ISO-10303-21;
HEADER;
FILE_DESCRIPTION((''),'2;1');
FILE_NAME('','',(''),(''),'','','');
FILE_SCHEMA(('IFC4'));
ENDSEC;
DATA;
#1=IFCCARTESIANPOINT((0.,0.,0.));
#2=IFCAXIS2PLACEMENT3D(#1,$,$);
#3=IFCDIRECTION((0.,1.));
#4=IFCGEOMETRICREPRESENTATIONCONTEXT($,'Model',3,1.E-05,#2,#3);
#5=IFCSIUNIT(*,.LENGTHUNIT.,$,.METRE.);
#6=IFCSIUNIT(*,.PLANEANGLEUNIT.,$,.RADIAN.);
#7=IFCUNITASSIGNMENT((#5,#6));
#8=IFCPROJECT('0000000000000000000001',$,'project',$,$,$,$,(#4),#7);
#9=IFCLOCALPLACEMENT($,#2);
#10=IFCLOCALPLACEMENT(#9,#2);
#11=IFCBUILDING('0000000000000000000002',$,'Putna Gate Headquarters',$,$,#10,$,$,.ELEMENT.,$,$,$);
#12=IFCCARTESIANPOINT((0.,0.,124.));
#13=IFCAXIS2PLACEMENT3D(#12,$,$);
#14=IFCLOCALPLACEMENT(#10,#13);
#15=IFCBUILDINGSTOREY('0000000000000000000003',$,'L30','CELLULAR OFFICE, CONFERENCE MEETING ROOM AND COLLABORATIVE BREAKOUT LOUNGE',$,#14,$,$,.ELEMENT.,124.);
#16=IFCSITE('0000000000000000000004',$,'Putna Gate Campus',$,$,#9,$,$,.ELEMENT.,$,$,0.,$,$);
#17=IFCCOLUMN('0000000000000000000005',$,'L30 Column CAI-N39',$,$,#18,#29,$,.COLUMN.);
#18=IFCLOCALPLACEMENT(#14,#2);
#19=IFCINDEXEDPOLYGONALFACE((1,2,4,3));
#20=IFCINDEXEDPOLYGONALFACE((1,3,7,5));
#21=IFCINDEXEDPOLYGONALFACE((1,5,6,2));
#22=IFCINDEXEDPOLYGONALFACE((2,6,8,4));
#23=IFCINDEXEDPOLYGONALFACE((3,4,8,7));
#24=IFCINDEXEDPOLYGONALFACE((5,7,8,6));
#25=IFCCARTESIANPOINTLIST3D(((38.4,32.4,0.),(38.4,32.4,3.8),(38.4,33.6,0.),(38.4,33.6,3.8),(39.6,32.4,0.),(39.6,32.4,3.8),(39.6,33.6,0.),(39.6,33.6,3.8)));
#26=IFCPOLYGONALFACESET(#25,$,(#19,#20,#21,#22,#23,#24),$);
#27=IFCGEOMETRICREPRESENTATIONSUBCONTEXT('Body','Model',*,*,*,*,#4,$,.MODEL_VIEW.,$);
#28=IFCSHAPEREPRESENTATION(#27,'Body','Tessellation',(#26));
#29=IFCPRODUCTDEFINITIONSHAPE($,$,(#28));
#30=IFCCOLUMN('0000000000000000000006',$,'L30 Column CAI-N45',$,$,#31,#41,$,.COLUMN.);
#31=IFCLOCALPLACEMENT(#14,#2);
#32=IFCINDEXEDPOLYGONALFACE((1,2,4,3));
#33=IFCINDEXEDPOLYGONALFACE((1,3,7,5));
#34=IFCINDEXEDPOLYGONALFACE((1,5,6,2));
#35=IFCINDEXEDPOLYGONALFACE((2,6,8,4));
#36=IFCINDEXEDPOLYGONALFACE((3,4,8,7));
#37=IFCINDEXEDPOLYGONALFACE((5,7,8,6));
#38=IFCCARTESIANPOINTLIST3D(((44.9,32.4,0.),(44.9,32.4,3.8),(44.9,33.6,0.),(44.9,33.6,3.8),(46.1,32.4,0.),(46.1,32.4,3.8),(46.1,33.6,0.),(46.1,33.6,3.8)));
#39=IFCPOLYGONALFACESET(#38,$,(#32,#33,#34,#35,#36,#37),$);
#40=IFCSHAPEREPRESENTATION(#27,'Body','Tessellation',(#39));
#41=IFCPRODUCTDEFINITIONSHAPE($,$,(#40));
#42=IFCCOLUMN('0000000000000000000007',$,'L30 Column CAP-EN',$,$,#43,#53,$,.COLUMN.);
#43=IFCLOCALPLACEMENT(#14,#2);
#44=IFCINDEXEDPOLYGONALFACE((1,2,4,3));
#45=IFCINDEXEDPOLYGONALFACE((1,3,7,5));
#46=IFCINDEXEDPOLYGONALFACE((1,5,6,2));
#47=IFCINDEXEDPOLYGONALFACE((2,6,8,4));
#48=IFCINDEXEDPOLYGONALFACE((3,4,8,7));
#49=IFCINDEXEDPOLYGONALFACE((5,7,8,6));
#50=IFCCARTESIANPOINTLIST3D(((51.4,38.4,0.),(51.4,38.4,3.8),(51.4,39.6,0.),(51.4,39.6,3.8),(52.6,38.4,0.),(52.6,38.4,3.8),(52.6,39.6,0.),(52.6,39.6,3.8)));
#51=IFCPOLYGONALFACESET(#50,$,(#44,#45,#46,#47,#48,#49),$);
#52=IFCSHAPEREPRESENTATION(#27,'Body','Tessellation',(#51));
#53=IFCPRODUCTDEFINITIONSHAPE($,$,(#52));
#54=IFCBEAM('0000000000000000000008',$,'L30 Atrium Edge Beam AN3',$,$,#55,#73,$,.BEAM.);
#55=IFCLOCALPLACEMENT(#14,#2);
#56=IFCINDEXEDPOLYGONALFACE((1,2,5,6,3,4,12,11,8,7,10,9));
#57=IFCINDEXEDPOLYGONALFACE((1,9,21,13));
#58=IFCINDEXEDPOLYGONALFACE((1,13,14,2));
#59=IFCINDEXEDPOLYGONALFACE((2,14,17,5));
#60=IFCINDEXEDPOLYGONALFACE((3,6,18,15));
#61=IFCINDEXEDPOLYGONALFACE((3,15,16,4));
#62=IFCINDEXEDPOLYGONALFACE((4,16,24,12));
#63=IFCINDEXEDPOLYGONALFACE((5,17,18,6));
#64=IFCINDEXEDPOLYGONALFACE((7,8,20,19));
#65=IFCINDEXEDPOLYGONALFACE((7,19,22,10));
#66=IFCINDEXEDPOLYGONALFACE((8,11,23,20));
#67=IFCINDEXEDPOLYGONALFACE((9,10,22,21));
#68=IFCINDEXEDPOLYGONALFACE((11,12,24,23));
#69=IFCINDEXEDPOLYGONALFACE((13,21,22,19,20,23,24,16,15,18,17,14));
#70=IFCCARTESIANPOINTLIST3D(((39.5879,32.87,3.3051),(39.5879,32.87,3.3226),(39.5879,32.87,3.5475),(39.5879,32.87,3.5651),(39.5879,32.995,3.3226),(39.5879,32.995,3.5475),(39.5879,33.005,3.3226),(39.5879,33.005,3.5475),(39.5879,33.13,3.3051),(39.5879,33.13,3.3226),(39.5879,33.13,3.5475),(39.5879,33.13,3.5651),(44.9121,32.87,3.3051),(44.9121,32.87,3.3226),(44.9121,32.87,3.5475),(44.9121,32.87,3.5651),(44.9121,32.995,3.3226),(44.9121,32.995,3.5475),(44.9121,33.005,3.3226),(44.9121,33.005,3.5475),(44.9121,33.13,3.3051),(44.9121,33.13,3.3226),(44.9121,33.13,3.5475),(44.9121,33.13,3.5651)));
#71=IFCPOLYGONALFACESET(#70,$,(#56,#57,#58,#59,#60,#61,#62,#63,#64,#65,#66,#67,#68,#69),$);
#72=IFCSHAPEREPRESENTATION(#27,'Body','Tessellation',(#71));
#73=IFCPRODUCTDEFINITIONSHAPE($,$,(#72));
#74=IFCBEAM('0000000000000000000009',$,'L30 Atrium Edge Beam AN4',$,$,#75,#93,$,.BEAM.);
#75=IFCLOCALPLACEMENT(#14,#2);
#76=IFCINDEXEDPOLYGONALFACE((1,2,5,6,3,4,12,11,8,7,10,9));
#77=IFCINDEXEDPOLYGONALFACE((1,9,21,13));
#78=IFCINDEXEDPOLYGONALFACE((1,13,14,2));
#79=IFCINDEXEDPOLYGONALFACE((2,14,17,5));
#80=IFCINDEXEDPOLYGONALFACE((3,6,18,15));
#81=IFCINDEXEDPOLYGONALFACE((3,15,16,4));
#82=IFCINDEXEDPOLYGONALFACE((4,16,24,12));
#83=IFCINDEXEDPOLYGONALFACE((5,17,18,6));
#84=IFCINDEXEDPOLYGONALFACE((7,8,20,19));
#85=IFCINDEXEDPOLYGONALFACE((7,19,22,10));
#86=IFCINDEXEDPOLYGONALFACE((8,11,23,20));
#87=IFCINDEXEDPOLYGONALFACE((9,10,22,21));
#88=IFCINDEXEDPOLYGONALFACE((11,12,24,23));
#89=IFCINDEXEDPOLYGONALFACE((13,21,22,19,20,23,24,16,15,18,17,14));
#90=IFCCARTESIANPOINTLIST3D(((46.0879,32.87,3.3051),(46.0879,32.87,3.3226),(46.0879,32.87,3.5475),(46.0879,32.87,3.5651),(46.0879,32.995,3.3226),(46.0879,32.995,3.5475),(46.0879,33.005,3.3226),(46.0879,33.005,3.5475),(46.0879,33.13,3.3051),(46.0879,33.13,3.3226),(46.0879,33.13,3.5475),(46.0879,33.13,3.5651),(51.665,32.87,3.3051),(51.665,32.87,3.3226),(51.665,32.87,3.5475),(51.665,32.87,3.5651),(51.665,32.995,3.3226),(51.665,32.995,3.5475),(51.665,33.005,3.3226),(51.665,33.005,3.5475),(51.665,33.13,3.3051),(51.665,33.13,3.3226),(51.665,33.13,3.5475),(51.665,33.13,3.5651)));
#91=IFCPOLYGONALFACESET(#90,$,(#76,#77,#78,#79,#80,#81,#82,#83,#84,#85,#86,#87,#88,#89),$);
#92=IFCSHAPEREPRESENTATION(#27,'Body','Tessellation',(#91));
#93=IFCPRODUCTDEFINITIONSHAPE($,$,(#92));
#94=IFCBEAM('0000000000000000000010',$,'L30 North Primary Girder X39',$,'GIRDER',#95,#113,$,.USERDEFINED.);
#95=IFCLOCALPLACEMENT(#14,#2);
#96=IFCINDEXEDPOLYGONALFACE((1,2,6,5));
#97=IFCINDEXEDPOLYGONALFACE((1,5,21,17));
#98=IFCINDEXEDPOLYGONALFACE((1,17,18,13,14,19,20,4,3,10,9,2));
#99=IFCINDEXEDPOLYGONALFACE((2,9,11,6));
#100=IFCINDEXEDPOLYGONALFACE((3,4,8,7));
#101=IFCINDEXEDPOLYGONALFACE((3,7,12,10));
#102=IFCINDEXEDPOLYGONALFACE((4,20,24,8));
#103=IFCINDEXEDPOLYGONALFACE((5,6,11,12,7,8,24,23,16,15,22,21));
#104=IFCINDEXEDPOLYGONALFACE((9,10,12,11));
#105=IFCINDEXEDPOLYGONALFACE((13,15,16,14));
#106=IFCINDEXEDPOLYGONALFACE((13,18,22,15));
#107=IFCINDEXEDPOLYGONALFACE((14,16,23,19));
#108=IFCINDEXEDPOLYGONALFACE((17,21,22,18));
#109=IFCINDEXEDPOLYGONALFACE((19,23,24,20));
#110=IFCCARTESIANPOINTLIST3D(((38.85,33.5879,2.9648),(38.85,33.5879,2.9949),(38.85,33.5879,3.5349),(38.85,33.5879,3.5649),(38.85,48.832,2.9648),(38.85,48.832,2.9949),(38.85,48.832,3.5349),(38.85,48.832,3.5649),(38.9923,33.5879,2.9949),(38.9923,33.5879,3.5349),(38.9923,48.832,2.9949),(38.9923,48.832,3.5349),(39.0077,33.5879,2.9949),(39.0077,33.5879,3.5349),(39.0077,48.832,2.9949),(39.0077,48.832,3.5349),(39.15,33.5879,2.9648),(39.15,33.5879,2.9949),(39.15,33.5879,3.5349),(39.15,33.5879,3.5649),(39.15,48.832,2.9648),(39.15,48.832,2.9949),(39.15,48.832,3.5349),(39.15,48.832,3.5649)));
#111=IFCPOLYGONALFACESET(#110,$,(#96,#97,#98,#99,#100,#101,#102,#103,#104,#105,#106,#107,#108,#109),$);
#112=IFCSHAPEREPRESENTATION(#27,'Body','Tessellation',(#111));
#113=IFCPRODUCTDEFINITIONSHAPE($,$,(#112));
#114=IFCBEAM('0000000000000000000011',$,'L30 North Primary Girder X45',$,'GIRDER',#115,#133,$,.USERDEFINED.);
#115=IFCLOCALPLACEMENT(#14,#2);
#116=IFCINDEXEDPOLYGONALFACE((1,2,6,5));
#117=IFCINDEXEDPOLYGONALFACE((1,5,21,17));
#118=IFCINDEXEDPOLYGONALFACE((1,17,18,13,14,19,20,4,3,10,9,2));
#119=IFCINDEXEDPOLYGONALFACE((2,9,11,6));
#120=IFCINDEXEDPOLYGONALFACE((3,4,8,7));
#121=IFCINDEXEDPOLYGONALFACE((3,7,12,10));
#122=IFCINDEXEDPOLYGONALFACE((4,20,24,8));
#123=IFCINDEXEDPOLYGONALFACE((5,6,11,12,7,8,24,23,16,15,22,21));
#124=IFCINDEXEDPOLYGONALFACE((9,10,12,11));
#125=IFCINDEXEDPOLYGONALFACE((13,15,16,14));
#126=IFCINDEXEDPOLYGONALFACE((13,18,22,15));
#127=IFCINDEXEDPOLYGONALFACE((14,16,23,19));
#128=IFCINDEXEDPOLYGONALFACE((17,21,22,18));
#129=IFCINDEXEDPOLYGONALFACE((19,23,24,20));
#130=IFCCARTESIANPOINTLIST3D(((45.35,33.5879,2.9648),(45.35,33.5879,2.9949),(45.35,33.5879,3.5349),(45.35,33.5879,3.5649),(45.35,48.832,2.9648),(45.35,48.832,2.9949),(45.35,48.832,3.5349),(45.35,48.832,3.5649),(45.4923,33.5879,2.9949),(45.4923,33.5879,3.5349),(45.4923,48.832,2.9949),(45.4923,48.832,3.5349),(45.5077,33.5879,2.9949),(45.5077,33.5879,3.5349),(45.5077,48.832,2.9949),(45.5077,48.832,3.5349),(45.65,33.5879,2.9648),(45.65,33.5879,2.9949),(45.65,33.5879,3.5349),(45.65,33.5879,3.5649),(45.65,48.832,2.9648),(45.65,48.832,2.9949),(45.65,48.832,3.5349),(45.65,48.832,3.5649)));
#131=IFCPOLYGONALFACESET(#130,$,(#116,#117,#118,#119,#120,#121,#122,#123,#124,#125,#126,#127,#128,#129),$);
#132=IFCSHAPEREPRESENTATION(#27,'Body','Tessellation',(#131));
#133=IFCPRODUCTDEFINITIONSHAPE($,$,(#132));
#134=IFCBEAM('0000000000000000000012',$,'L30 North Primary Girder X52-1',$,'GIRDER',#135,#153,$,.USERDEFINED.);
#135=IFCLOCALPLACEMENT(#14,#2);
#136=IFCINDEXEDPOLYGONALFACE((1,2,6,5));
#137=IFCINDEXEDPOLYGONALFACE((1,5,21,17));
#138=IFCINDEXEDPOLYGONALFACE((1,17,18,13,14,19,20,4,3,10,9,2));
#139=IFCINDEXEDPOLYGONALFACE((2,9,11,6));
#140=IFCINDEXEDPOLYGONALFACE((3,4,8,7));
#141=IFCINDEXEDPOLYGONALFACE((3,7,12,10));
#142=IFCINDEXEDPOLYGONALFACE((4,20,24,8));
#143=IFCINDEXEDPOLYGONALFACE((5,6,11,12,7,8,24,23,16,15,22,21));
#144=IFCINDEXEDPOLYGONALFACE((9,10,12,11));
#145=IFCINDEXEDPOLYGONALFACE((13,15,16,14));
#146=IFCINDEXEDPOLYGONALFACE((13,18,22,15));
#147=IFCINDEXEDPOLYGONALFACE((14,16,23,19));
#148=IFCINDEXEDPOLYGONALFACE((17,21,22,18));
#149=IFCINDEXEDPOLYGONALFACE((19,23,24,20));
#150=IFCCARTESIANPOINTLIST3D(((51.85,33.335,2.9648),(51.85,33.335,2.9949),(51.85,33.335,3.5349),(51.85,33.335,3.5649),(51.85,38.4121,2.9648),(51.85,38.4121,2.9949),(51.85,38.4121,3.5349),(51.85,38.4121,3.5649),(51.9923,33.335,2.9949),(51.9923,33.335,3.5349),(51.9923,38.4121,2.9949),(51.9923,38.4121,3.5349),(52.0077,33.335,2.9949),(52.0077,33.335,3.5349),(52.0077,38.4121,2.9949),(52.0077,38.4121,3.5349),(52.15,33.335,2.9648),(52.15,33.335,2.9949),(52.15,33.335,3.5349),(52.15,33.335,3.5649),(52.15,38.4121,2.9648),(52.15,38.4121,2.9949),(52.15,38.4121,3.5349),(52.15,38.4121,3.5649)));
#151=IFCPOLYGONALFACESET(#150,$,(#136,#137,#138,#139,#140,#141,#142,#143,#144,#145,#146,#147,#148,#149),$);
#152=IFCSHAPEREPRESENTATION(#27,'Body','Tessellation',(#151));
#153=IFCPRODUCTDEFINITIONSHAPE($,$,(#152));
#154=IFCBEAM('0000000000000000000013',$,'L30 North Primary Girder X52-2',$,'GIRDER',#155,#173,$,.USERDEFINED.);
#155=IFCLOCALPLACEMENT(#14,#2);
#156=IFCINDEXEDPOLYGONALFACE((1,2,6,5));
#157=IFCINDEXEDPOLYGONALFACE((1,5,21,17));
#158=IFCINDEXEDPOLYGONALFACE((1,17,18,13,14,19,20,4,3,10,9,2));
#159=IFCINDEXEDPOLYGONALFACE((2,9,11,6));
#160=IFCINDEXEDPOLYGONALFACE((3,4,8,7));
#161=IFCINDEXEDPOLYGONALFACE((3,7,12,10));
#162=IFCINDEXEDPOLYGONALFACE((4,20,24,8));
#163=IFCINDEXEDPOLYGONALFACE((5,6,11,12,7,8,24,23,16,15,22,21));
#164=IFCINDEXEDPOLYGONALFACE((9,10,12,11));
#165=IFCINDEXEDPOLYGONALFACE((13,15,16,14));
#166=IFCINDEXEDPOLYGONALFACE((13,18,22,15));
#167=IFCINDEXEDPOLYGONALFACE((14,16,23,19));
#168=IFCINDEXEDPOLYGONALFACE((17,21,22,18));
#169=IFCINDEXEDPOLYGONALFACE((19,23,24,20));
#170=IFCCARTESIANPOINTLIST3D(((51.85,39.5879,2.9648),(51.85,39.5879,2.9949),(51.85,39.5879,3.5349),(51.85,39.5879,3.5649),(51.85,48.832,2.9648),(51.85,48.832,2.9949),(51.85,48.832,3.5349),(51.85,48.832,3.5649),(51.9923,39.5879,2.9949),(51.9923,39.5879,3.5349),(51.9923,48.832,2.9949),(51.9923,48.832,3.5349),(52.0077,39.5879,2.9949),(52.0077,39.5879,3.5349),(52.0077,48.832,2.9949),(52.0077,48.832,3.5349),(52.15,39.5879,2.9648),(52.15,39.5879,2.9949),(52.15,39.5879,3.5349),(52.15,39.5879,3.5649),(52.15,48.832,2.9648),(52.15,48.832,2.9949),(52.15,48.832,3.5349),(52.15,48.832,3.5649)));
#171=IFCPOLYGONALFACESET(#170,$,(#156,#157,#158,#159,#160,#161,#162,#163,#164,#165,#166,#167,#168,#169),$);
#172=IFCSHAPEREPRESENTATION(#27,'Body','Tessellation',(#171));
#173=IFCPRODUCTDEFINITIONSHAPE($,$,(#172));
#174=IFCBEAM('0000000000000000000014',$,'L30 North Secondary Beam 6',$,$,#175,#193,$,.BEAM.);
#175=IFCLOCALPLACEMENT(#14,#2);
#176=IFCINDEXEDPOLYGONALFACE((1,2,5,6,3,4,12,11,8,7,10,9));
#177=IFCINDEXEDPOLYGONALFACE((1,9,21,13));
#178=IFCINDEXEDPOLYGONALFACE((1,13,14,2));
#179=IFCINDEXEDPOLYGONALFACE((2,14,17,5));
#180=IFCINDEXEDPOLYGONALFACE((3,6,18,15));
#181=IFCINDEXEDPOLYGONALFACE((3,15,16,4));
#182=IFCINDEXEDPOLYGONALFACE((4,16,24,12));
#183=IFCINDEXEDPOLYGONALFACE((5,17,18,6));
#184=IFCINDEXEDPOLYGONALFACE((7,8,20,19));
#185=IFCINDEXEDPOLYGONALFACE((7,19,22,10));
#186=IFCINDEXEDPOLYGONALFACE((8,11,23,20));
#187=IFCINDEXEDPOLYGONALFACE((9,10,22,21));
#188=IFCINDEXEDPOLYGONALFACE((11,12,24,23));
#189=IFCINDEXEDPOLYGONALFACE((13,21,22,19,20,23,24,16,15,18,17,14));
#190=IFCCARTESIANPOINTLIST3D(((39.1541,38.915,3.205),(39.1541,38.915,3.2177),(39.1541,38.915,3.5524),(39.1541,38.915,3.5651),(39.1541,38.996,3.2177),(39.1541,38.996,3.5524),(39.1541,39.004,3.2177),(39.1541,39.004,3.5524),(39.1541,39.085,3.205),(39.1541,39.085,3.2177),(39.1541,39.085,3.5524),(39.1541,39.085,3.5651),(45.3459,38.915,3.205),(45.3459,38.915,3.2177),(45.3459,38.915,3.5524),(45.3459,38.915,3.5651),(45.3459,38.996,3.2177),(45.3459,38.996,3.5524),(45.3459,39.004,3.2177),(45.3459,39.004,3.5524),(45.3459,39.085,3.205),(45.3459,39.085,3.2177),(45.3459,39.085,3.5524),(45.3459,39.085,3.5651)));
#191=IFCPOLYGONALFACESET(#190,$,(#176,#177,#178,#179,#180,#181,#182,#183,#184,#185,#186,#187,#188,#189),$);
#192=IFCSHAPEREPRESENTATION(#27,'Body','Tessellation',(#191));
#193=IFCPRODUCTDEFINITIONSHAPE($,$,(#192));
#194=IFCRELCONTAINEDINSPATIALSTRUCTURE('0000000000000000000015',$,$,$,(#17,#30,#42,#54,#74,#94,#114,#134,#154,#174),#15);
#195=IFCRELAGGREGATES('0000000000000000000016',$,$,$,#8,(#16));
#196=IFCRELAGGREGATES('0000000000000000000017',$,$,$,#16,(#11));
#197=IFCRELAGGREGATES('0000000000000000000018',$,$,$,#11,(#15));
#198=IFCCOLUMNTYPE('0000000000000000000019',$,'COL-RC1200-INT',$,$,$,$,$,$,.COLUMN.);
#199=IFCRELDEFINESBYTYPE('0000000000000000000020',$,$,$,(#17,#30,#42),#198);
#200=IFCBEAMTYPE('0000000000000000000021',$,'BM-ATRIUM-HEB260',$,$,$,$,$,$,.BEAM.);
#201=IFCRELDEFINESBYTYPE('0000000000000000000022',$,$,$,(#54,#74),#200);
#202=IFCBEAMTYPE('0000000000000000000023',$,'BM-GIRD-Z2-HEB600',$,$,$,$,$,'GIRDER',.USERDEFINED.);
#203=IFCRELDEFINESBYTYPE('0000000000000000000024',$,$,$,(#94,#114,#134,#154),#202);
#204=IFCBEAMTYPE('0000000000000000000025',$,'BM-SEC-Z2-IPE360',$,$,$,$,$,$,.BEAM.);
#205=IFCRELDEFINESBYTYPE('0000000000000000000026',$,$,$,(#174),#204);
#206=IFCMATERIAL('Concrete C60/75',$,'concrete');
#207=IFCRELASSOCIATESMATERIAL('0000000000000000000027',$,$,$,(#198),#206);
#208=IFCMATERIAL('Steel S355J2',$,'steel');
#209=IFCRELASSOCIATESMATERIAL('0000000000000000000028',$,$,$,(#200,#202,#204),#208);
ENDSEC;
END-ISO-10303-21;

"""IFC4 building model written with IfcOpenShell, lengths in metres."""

from ifc_helpers import new_model, si_unit, direction, frame, origin, origin_2d, place, context, subcontext, project, spatial, rectangle, i_section, extrude, material, material_profile, profile_set, type_object, element, save


model = new_model("IFC4")

# Units and contexts
model_context = context("Model", 3, precision=1e-05, world=origin(), true_north=direction((0.0, 1.0)))
body_context = subcontext(model_context, "Body", "Model", "MODEL_VIEW")
ifc_project = project(units=[si_unit("LENGTHUNIT", "METRE"), si_unit("PLANEANGLEUNIT", "RADIAN")], contexts=[model_context])

# Site, building, storey
site_placement = place(None, origin())
site = spatial("IfcSite", under=ifc_project, at=site_placement, Name="Putna Gate Campus", CompositionType="ELEMENT", RefElevation=0.0)
building_placement = place(site_placement, origin())
building = spatial("IfcBuilding", under=site, at=building_placement, Name="Putna Gate Headquarters", CompositionType="ELEMENT")
storey_placement = place(building_placement, frame((0.0, 0.0, 124.0)))
storey = spatial("IfcBuildingStorey", under=building, at=storey_placement, Name="L30", Description="CELLULAR OFFICE, CONFERENCE MEETING ROOM AND COLLABORATIVE BREAKOUT LOUNGE", CompositionType="ELEMENT", Elevation=124.0)

# Columns
ifc_material_1 = material(Name="Concrete C60/75", Category="concrete")
ifc_material_profile_1 = material_profile(ifc_material_1, rectangle(XDim=1.2, YDim=1.2, at=origin_2d()), Name="Concrete C60/75")
ifc_profile_set_1 = profile_set([ifc_material_profile_1], Name="Concrete C60/75")
column_type = type_object("IfcColumnType", Name="COL-RC1200-INT", PredefinedType="COLUMN", material=ifc_profile_set_1)
for number, where, z_axis, x_axis, name in (
    (1, (39.0, 33.0, 0.0), (0.0, 0.0, 1.0), (1.0, 0.0, 0.0), "L30 Column CAI-N39"),
    (2, (45.5, 33.0, 0.0), (0.0, 0.0, 1.0), (1.0, 0.0, 0.0), "L30 Column CAI-N45"),
    (3, (52.0, 39.0, 0.0), (0.0, 0.0, 1.0), (1.0, 0.0, 0.0), "L30 Column CAP-EN"),
):
    element("IfcColumn", number, at=place(storey_placement, frame(where, z_axis=z_axis, x_axis=x_axis)), inside=storey, type_object=column_type, Name=name, PredefinedType="COLUMN", context=body_context, shape_type="SweptSolid", body=[
        extrude(rectangle(XDim=1.2, YDim=1.2, at=origin_2d()), origin(), (0.0, 0.0, 1.0), 3.8),
    ])

# Beams
ifc_material_2 = material(Name="Steel S355J2", Category="steel")
ifc_material_profile_2 = material_profile(ifc_material_2, i_section(OverallWidth=0.26, OverallDepth=0.26, WebThickness=0.01, FlangeThickness=0.0176, at=origin_2d()), Name="Steel S355J2")
ifc_profile_set_2 = profile_set([ifc_material_profile_2], Name="Steel S355J2")
beam_type_1 = type_object("IfcBeamType", Name="BM-ATRIUM-HEB260", PredefinedType="BEAM", material=ifc_profile_set_2)
beam_1_placement = place(storey_placement, frame((39.5879, 33.0, 3.4351), z_axis=(1.0, 0.0, 0.0), x_axis=(0.0, 1.0, 0.0)))
element("IfcBeam", 4, at=beam_1_placement, inside=storey, type_object=beam_type_1, Name="L30 Atrium Edge Beam AN3", PredefinedType="BEAM", context=body_context, shape_type="SweptSolid", body=[
    extrude(i_section(OverallWidth=0.26, OverallDepth=0.26, WebThickness=0.01, FlangeThickness=0.0176, at=origin_2d()), origin(), (0.0, 0.0, 1.0), 5.3242),
])
beam_2_placement = place(storey_placement, frame((46.0879, 33.0, 3.4351), z_axis=(1.0, 0.0, 0.0), x_axis=(0.0, 1.0, 0.0)))
element("IfcBeam", 5, at=beam_2_placement, inside=storey, type_object=beam_type_1, Name="L30 Atrium Edge Beam AN4", PredefinedType="BEAM", context=body_context, shape_type="SweptSolid", body=[
    extrude(i_section(OverallWidth=0.26, OverallDepth=0.26, WebThickness=0.01, FlangeThickness=0.0176, at=origin_2d()), origin(), (0.0, 0.0, 1.0), 5.5771),
])
ifc_material_profile_3 = material_profile(ifc_material_2, i_section(OverallWidth=0.3, OverallDepth=0.6001, WebThickness=0.0154, FlangeThickness=0.03, at=origin_2d()), Name="Steel S355J2")
ifc_profile_set_3 = profile_set([ifc_material_profile_3], Name="Steel S355J2")
beam_type_2 = type_object("IfcBeamType", Name="BM-GIRD-Z2-HEB600", ElementType="GIRDER", PredefinedType="USERDEFINED", material=ifc_profile_set_3)
for number, where, z_axis, x_axis, name in (
    (6, (39.0, 33.5879, 3.2649), (0.0, 1.0, 0.0), (-1.0, 0.0, 0.0), "L30 North Primary Girder X39"),
    (7, (45.5, 33.5879, 3.2649), (0.0, 1.0, 0.0), (-1.0, 0.0, 0.0), "L30 North Primary Girder X45"),
):
    element("IfcBeam", number, at=place(storey_placement, frame(where, z_axis=z_axis, x_axis=x_axis)), inside=storey, type_object=beam_type_2, Name=name, ObjectType="GIRDER", PredefinedType="USERDEFINED", context=body_context, shape_type="SweptSolid", body=[
        extrude(i_section(OverallWidth=0.3, OverallDepth=0.6001, WebThickness=0.0154, FlangeThickness=0.03, at=origin_2d()), origin(), (0.0, 0.0, 1.0), 15.2441),
    ])
beam_3_placement = place(storey_placement, frame((52.0, 33.335, 3.2649), z_axis=(0.0, 1.0, 0.0), x_axis=(-1.0, 0.0, 0.0)))
element("IfcBeam", 8, at=beam_3_placement, inside=storey, type_object=beam_type_2, Name="L30 North Primary Girder X52-1", ObjectType="GIRDER", PredefinedType="USERDEFINED", context=body_context, shape_type="SweptSolid", body=[
    extrude(i_section(OverallWidth=0.3, OverallDepth=0.6001, WebThickness=0.0154, FlangeThickness=0.03, at=origin_2d()), origin(), (0.0, 0.0, 1.0), 5.0771),
])
beam_4_placement = place(storey_placement, frame((52.0, 39.5879, 3.2649), z_axis=(0.0, 1.0, 0.0), x_axis=(-1.0, 0.0, 0.0)))
element("IfcBeam", 9, at=beam_4_placement, inside=storey, type_object=beam_type_2, Name="L30 North Primary Girder X52-2", ObjectType="GIRDER", PredefinedType="USERDEFINED", context=body_context, shape_type="SweptSolid", body=[
    extrude(i_section(OverallWidth=0.3, OverallDepth=0.6001, WebThickness=0.0154, FlangeThickness=0.03, at=origin_2d()), origin(), (0.0, 0.0, 1.0), 9.2441),
])
ifc_material_profile_4 = material_profile(ifc_material_2, i_section(OverallWidth=0.1699, OverallDepth=0.3601, WebThickness=0.0081, FlangeThickness=0.0127, at=origin_2d()), Name="Steel S355J2")
ifc_profile_set_4 = profile_set([ifc_material_profile_4], Name="Steel S355J2")
beam_type_3 = type_object("IfcBeamType", Name="BM-SEC-Z2-IPE360", PredefinedType="BEAM", material=ifc_profile_set_4)
beam_5_placement = place(storey_placement, frame((39.1541, 39.0, 3.385), z_axis=(1.0, 0.0, 0.0), x_axis=(0.0, 1.0, 0.0)))
element("IfcBeam", 10, at=beam_5_placement, inside=storey, type_object=beam_type_3, Name="L30 North Secondary Beam 6", PredefinedType="BEAM", context=body_context, shape_type="SweptSolid", body=[
    extrude(i_section(OverallWidth=0.1699, OverallDepth=0.3601, WebThickness=0.0081, FlangeThickness=0.0127, at=origin_2d()), origin(), (0.0, 0.0, 1.0), 6.1919),
])

save(model, "model.ifc")
